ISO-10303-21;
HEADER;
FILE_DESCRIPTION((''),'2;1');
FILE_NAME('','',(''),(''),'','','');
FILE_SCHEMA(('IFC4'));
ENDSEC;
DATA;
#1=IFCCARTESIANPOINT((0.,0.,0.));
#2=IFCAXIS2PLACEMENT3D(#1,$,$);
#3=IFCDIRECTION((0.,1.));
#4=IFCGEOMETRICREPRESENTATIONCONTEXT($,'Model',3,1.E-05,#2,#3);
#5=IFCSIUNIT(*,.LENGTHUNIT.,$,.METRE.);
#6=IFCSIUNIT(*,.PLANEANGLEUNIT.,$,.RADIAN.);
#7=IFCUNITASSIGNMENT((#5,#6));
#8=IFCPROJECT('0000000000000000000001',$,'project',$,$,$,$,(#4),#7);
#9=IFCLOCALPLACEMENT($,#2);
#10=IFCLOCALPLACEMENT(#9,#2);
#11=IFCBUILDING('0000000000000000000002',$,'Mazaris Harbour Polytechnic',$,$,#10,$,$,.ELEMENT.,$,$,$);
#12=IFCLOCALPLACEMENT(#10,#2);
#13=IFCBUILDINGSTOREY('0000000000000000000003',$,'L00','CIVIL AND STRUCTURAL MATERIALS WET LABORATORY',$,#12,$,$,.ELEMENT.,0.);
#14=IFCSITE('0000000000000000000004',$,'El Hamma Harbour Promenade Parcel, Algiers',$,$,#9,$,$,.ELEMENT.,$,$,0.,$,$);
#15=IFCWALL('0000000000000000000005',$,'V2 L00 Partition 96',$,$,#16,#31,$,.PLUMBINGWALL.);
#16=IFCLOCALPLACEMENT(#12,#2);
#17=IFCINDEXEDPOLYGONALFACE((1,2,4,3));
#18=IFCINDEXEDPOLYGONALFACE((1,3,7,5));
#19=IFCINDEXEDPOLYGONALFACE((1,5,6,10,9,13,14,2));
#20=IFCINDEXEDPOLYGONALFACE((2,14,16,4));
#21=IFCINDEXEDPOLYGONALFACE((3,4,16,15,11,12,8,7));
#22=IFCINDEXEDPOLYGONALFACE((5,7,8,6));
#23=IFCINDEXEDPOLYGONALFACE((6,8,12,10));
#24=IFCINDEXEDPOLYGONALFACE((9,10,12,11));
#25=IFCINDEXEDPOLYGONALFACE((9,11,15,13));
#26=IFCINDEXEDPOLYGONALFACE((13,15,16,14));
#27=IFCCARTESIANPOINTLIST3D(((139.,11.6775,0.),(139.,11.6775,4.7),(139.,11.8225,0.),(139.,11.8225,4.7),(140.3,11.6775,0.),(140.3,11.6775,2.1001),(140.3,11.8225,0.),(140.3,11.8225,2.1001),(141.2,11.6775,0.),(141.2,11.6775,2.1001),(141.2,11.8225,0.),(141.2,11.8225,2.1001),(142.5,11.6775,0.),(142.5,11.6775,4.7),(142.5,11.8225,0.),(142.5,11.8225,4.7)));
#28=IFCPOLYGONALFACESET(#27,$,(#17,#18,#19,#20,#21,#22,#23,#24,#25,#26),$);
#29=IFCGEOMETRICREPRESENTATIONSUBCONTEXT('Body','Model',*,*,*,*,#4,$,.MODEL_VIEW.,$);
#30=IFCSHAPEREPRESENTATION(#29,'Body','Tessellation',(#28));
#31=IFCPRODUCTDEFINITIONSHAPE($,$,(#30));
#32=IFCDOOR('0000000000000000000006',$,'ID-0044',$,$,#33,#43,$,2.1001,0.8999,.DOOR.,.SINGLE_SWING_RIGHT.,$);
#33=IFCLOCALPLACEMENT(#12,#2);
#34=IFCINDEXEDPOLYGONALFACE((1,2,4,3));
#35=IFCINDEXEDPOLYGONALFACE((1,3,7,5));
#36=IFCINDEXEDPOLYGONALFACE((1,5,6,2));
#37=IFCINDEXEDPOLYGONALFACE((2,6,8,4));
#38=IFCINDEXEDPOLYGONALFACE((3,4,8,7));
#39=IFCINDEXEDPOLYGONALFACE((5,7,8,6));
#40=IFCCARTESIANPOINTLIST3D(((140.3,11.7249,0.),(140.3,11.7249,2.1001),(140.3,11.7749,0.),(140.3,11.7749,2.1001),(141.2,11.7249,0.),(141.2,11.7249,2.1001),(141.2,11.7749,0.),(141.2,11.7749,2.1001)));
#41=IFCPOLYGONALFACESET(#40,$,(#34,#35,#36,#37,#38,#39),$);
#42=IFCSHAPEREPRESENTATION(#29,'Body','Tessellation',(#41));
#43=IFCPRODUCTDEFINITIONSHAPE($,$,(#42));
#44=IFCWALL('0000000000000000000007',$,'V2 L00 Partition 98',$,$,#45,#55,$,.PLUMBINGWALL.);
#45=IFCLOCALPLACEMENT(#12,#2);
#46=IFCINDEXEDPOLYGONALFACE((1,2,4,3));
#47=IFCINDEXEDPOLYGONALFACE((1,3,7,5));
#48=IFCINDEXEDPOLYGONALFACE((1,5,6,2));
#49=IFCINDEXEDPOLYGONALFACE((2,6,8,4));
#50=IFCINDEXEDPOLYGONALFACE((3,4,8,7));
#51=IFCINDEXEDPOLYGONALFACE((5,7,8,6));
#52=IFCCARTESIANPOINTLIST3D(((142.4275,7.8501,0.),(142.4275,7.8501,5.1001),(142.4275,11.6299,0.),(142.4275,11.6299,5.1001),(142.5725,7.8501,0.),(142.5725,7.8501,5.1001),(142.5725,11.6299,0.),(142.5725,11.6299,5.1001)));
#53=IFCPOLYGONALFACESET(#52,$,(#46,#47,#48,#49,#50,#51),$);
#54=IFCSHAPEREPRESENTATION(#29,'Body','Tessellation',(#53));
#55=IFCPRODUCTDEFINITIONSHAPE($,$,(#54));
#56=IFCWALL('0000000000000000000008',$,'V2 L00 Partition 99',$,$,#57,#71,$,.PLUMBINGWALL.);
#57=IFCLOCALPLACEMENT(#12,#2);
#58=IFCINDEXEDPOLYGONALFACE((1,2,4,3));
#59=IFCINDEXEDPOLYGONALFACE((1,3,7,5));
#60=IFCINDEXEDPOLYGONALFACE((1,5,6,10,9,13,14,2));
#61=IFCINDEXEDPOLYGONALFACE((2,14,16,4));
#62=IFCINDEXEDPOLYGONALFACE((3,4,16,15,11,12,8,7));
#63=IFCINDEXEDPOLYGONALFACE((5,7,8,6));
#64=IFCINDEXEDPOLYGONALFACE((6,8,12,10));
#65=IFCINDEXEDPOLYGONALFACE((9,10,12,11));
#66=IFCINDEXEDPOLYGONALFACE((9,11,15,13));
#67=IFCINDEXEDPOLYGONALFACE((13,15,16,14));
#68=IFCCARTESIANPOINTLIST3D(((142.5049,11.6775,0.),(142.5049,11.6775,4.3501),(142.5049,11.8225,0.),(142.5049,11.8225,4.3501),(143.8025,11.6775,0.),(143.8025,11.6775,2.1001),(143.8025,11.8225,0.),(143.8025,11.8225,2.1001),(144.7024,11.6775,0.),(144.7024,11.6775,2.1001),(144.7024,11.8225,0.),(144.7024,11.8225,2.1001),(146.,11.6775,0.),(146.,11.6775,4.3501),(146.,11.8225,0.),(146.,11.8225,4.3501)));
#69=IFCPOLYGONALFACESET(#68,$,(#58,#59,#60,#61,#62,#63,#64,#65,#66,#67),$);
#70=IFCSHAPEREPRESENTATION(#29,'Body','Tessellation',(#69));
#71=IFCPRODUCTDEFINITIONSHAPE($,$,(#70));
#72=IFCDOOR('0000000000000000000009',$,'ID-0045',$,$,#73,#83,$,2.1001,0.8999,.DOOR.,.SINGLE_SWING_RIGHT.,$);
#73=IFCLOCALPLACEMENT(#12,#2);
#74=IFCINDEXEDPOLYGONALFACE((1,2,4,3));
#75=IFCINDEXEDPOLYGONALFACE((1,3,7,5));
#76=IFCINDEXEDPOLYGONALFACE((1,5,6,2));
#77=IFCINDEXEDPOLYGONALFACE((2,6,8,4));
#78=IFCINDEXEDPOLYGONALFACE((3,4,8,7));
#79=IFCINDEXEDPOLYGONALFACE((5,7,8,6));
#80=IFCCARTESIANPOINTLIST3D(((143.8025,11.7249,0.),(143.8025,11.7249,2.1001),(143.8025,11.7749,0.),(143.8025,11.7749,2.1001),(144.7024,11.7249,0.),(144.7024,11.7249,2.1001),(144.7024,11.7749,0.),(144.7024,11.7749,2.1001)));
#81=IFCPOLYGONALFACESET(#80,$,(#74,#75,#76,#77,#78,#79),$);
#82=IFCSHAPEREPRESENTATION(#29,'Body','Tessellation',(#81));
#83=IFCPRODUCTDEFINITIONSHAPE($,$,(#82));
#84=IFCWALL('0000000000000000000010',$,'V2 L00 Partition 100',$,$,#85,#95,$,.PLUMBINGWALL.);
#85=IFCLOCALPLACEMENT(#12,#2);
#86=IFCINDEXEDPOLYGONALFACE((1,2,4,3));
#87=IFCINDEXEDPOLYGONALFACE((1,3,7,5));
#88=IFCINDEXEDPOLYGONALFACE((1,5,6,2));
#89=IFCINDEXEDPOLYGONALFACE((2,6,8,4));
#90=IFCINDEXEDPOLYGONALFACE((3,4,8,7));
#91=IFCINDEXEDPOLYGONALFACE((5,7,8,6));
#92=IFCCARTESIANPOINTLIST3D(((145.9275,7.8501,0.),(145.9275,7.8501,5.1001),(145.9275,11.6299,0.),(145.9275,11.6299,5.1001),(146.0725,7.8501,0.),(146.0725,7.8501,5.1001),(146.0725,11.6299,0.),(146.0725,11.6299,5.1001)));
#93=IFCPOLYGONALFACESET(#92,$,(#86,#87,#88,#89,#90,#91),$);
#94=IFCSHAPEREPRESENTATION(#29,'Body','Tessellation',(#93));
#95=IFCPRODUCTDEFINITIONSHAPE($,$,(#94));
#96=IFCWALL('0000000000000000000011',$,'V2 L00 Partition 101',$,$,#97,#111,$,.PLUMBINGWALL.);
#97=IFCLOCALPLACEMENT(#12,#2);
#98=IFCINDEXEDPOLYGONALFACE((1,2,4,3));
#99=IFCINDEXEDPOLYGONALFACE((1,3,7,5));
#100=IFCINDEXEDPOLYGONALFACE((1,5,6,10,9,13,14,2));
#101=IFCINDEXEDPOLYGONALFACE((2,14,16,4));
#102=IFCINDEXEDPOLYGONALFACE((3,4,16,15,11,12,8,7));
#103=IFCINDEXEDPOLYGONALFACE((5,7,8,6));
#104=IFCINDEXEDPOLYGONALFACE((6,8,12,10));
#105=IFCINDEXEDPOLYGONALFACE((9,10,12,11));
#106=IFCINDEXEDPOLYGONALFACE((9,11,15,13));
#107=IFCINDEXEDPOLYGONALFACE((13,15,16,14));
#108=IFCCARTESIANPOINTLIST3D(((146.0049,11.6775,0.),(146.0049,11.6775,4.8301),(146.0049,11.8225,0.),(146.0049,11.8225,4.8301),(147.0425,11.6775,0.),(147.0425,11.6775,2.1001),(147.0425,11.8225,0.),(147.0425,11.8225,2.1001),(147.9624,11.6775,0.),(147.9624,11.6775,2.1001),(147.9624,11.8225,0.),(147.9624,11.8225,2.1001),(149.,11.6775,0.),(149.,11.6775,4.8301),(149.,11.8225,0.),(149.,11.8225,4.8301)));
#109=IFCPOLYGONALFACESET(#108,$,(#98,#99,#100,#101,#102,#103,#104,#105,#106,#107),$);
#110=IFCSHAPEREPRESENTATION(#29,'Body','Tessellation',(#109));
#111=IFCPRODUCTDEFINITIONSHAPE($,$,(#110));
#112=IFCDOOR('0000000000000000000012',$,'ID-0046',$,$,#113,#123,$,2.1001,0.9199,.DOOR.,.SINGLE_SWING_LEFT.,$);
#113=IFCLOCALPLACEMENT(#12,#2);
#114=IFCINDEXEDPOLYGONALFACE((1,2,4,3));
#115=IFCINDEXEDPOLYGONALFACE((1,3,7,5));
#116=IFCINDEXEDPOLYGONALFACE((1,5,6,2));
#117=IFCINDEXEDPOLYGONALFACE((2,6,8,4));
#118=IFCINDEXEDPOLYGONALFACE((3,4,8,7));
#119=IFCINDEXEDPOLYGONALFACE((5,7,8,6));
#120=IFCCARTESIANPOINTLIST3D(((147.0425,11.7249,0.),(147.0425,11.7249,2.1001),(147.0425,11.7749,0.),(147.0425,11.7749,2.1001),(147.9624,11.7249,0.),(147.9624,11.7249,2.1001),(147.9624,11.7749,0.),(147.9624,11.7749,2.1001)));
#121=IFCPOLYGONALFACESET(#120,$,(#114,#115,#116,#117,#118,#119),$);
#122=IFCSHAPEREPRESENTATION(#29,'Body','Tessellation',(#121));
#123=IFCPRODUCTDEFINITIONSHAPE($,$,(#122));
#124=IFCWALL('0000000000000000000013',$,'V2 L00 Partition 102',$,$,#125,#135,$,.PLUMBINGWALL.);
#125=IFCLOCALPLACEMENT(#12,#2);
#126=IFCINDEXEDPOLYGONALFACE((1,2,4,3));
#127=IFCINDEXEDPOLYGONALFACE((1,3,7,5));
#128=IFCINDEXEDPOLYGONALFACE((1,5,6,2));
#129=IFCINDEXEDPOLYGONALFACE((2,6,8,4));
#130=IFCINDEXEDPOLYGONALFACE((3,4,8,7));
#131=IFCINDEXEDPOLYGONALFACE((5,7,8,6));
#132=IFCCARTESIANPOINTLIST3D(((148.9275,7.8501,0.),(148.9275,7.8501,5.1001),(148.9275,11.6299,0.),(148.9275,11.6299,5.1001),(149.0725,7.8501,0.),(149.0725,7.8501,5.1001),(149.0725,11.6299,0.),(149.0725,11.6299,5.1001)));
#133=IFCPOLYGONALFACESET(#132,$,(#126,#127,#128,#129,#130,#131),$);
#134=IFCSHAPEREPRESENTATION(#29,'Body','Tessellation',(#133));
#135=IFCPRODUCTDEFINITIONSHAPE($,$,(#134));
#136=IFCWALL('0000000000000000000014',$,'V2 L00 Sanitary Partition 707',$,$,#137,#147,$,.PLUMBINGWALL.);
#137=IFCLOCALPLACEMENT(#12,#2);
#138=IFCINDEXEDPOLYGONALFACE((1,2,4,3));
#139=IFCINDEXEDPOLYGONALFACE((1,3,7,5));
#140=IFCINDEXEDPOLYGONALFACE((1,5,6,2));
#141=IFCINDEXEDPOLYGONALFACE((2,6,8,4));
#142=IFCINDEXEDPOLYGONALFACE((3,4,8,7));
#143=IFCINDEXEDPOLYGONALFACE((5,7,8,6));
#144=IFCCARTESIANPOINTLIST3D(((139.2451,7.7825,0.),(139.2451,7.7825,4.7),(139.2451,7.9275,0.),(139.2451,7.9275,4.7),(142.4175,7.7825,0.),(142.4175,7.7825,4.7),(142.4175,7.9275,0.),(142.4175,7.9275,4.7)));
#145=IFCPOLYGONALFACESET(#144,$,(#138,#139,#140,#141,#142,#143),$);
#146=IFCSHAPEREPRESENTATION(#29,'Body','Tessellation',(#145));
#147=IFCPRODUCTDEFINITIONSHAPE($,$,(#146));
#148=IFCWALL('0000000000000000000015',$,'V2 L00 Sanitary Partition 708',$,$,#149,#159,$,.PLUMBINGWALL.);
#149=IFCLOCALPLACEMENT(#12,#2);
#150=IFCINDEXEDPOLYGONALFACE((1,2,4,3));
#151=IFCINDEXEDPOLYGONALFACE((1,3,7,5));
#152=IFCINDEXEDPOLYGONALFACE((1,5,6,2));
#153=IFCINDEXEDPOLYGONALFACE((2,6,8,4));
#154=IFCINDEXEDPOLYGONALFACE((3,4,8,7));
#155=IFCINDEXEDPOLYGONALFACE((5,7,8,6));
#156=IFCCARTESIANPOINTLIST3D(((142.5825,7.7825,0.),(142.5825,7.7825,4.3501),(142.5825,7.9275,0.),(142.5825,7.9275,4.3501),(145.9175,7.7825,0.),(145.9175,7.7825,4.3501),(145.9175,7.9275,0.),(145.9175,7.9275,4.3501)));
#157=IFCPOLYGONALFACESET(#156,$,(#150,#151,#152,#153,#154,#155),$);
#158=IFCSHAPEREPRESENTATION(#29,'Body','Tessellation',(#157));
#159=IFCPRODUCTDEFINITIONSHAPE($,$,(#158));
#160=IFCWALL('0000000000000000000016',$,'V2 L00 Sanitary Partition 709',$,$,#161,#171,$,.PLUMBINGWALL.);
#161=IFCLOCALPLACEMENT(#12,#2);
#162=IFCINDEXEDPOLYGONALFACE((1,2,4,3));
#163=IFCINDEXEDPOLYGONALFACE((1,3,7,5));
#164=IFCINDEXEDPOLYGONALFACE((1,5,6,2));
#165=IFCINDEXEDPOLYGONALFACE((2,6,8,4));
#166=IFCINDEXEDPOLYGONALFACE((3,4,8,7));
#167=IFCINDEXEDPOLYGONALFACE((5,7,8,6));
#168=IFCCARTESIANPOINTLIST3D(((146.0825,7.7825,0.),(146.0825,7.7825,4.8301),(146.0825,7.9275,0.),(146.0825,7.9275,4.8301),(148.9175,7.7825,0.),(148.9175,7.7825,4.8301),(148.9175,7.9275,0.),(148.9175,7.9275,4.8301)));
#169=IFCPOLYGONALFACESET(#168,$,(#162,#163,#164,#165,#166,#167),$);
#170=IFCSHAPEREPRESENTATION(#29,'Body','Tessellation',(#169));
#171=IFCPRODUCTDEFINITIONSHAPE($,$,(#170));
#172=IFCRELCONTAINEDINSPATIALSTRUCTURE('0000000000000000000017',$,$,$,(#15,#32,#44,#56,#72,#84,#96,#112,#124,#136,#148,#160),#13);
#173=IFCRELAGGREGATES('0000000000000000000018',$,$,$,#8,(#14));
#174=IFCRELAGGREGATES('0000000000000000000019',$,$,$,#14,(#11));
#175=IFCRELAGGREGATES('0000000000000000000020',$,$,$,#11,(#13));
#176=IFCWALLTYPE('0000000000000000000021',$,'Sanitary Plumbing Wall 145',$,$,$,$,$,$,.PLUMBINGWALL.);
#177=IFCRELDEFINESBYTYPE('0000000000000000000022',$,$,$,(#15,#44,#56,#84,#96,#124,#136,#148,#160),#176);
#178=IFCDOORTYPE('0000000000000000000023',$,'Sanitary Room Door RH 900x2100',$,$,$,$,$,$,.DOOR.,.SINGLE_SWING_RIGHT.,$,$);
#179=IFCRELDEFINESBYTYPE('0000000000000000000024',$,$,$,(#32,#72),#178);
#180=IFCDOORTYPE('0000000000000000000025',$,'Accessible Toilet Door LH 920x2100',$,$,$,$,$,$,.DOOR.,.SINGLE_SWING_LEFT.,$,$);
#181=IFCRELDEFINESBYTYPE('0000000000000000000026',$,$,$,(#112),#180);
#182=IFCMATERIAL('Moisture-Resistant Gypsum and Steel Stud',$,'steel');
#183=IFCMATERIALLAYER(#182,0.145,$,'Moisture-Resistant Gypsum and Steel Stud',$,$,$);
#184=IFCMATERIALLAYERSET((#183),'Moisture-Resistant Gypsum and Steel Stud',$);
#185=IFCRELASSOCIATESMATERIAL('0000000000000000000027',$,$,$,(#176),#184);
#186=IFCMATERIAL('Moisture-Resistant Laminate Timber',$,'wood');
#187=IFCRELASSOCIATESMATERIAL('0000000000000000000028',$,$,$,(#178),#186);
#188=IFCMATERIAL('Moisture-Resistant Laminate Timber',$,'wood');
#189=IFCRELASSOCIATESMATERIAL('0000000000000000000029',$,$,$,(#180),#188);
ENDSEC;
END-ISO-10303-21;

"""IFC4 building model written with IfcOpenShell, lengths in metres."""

from ifc_helpers import new_model, si_unit, direction, frame, frame_2d, origin, place, context, subcontext, project, spatial, rectangle, extrude, material, layer, layer_set, type_object, element, fill, save


model = new_model("IFC4")

# Units and contexts
model_context = context("Model", 3, precision=1e-05, world=origin(), true_north=direction((0.0, 1.0)))
body_context = subcontext(model_context, "Body", "Model", "MODEL_VIEW")
ifc_project = project(units=[si_unit("LENGTHUNIT", "METRE"), si_unit("PLANEANGLEUNIT", "RADIAN")], contexts=[model_context])

# Site, building, storey
site_placement = place(None, origin())
site = spatial("IfcSite", under=ifc_project, at=site_placement, Name="El Hamma Harbour Promenade Parcel, Algiers", CompositionType="ELEMENT", RefElevation=0.0)
building_placement = place(site_placement, origin())
building = spatial("IfcBuilding", under=site, at=building_placement, Name="Mazaris Harbour Polytechnic", CompositionType="ELEMENT")
storey_placement = place(building_placement, origin())
storey = spatial("IfcBuildingStorey", under=building, at=storey_placement, Name="L00", Description="CIVIL AND STRUCTURAL MATERIALS WET LABORATORY", CompositionType="ELEMENT", Elevation=0.0)

# Wall, opening, door
ifc_material_1 = material(Name="Moisture-Resistant Gypsum and Steel Stud", Category="steel")
ifc_layer_1 = layer(ifc_material_1, 0.145, Name="Moisture-Resistant Gypsum and Steel Stud")
ifc_layer_set_1 = layer_set([ifc_layer_1], Name="Moisture-Resistant Gypsum and Steel Stud")
wall_type_1 = type_object("IfcWallType", Name="Sanitary Plumbing Wall 145", PredefinedType="PLUMBINGWALL", material=ifc_layer_set_1)
wall_1_placement = place(storey_placement, frame((139.0, 11.75, 0.0), z_axis=(0.0, 0.0, 1.0), x_axis=(1.0, 0.0, 0.0)))
wall_1 = element("IfcWall", 1, at=wall_1_placement, inside=storey, type_object=wall_type_1, Name="V2 L00 Partition 96", PredefinedType="PLUMBINGWALL", context=body_context, shape_type="SweptSolid", body=[
    extrude(rectangle(XDim=3.5, YDim=0.145, at=frame_2d((1.75, 0.0))), origin(), (0.0, 0.0, 1.0), 4.7),
])
opening_1_placement = place(wall_1_placement, frame((1.3, 0.0, 0.0)))
opening_1 = element("IfcOpeningElement", 2, at=opening_1_placement, cuts=wall_1, PredefinedType="OPENING", context=body_context, shape_type="SweptSolid", body=[
    extrude(rectangle(XDim=0.8999, YDim=2.1001, at=frame_2d((0.45, 1.05))), frame((0.0, 0.0825, 0.0), z_axis=(0.0, -1.0, 0.0), x_axis=(1.0, 0.0, 0.0)), (0.0, 0.0, 1.0), 0.165),
])
ifc_material_2 = material(Name="Moisture-Resistant Laminate Timber", Category="wood")
door_type_1 = type_object("IfcDoorType", Name="Sanitary Room Door RH 900x2100", OperationType="SINGLE_SWING_RIGHT", PredefinedType="DOOR", material=ifc_material_2)
door_1_placement = place(opening_1_placement, origin())
door_1 = element("IfcDoor", 3, at=door_1_placement, inside=storey, type_object=door_type_1, Name="ID-0044", OperationType="SINGLE_SWING_RIGHT", OverallHeight=2.1001, OverallWidth=0.8999, PredefinedType="DOOR", context=body_context, shape_type="SweptSolid", body=[
    extrude(rectangle(XDim=0.8999, YDim=2.1001, at=frame_2d((0.45, 1.05))), frame((0.0, 0.0249, 0.0), z_axis=(0.0, -1.0, 0.0), x_axis=(1.0, 0.0, 0.0)), (0.0, 0.0, 1.0), 0.05),
])
fill(opening_1, door_1)

# Wall
wall_2_placement = place(storey_placement, frame((142.5, 7.8501, 0.0), z_axis=(0.0, 0.0, 1.0), x_axis=(0.0, 1.0, 0.0)))
element("IfcWall", 4, at=wall_2_placement, inside=storey, type_object=wall_type_1, Name="V2 L00 Partition 98", PredefinedType="PLUMBINGWALL", context=body_context, shape_type="SweptSolid", body=[
    extrude(rectangle(XDim=3.7798, YDim=0.145, at=frame_2d((1.8899, 0.0))), origin(), (0.0, 0.0, 1.0), 5.1001),
])

# Wall, opening, door
wall_3_placement = place(storey_placement, frame((142.5049, 11.75, 0.0), z_axis=(0.0, 0.0, 1.0), x_axis=(1.0, 0.0, 0.0)))
wall_3 = element("IfcWall", 5, at=wall_3_placement, inside=storey, type_object=wall_type_1, Name="V2 L00 Partition 99", PredefinedType="PLUMBINGWALL", context=body_context, shape_type="SweptSolid", body=[
    extrude(rectangle(XDim=3.4951, YDim=0.145, at=frame_2d((1.7476, 0.0))), origin(), (0.0, 0.0, 1.0), 4.3501),
])
opening_2_placement = place(wall_3_placement, frame((1.2976, 0.0, 0.0)))
opening_2 = element("IfcOpeningElement", 6, at=opening_2_placement, cuts=wall_3, PredefinedType="OPENING", context=body_context, shape_type="SweptSolid", body=[
    extrude(rectangle(XDim=0.8999, YDim=2.1001, at=frame_2d((0.45, 1.05))), frame((0.0, 0.0825, 0.0), z_axis=(0.0, -1.0, 0.0), x_axis=(1.0, 0.0, 0.0)), (0.0, 0.0, 1.0), 0.165),
])
door_2_placement = place(opening_2_placement, origin())
door_2 = element("IfcDoor", 7, at=door_2_placement, inside=storey, type_object=door_type_1, Name="ID-0045", OperationType="SINGLE_SWING_RIGHT", OverallHeight=2.1001, OverallWidth=0.8999, PredefinedType="DOOR", context=body_context, shape_type="SweptSolid", body=[
    extrude(rectangle(XDim=0.8999, YDim=2.1001, at=frame_2d((0.45, 1.05))), frame((0.0, 0.0249, 0.0), z_axis=(0.0, -1.0, 0.0), x_axis=(1.0, 0.0, 0.0)), (0.0, 0.0, 1.0), 0.05),
])
fill(opening_2, door_2)

# Wall
wall_4_placement = place(storey_placement, frame((146.0, 7.8501, 0.0), z_axis=(0.0, 0.0, 1.0), x_axis=(0.0, 1.0, 0.0)))
element("IfcWall", 8, at=wall_4_placement, inside=storey, type_object=wall_type_1, Name="V2 L00 Partition 100", PredefinedType="PLUMBINGWALL", context=body_context, shape_type="SweptSolid", body=[
    extrude(rectangle(XDim=3.7798, YDim=0.145, at=frame_2d((1.8899, 0.0))), origin(), (0.0, 0.0, 1.0), 5.1001),
])

# Wall, opening, door
wall_5_placement = place(storey_placement, frame((146.0049, 11.75, 0.0), z_axis=(0.0, 0.0, 1.0), x_axis=(1.0, 0.0, 0.0)))
wall_5 = element("IfcWall", 9, at=wall_5_placement, inside=storey, type_object=wall_type_1, Name="V2 L00 Partition 101", PredefinedType="PLUMBINGWALL", context=body_context, shape_type="SweptSolid", body=[
    extrude(rectangle(XDim=2.9951, YDim=0.145, at=frame_2d((1.4976, 0.0))), origin(), (0.0, 0.0, 1.0), 4.8301),
])
opening_3_placement = place(wall_5_placement, frame((1.0376, 0.0, 0.0)))
opening_3 = element("IfcOpeningElement", 10, at=opening_3_placement, cuts=wall_5, PredefinedType="OPENING", context=body_context, shape_type="SweptSolid", body=[
    extrude(rectangle(XDim=0.9199, YDim=2.1001, at=frame_2d((0.46, 1.05))), frame((0.0, 0.0825, 0.0), z_axis=(0.0, -1.0, 0.0), x_axis=(1.0, 0.0, 0.0)), (0.0, 0.0, 1.0), 0.165),
])
ifc_material_3 = material(Name="Moisture-Resistant Laminate Timber", Category="wood")
door_type_2 = type_object("IfcDoorType", Name="Accessible Toilet Door LH 920x2100", OperationType="SINGLE_SWING_LEFT", PredefinedType="DOOR", material=ifc_material_3)
door_3_placement = place(opening_3_placement, origin())
door_3 = element("IfcDoor", 11, at=door_3_placement, inside=storey, type_object=door_type_2, Name="ID-0046", OperationType="SINGLE_SWING_LEFT", OverallHeight=2.1001, OverallWidth=0.9199, PredefinedType="DOOR", context=body_context, shape_type="SweptSolid", body=[
    extrude(rectangle(XDim=0.9199, YDim=2.1001, at=frame_2d((0.46, 1.05))), frame((0.0, 0.0249, 0.0), z_axis=(0.0, -1.0, 0.0), x_axis=(1.0, 0.0, 0.0)), (0.0, 0.0, 1.0), 0.05),
])
fill(opening_3, door_3)

# Walls
wall_6_placement = place(storey_placement, frame((149.0, 7.8501, 0.0), z_axis=(0.0, 0.0, 1.0), x_axis=(0.0, 1.0, 0.0)))
element("IfcWall", 12, at=wall_6_placement, inside=storey, type_object=wall_type_1, Name="V2 L00 Partition 102", PredefinedType="PLUMBINGWALL", context=body_context, shape_type="SweptSolid", body=[
    extrude(rectangle(XDim=3.7798, YDim=0.145, at=frame_2d((1.8899, 0.0))), origin(), (0.0, 0.0, 1.0), 5.1001),
])
wall_7_placement = place(storey_placement, frame((139.2451, 7.855, 0.0), z_axis=(0.0, 0.0, 1.0), x_axis=(1.0, 0.0, 0.0)))
element("IfcWall", 13, at=wall_7_placement, inside=storey, type_object=wall_type_1, Name="V2 L00 Sanitary Partition 707", PredefinedType="PLUMBINGWALL", context=body_context, shape_type="SweptSolid", body=[
    extrude(rectangle(XDim=3.1724, YDim=0.145, at=frame_2d((1.5862, 0.0))), origin(), (0.0, 0.0, 1.0), 4.7),
])
wall_8_placement = place(storey_placement, frame((142.5825, 7.855, 0.0), z_axis=(0.0, 0.0, 1.0), x_axis=(1.0, 0.0, 0.0)))
element("IfcWall", 14, at=wall_8_placement, inside=storey, type_object=wall_type_1, Name="V2 L00 Sanitary Partition 708", PredefinedType="PLUMBINGWALL", context=body_context, shape_type="SweptSolid", body=[
    extrude(rectangle(XDim=3.335, YDim=0.145, at=frame_2d((1.6675, 0.0))), origin(), (0.0, 0.0, 1.0), 4.3501),
])
wall_9_placement = place(storey_placement, frame((146.0825, 7.855, 0.0), z_axis=(0.0, 0.0, 1.0), x_axis=(1.0, 0.0, 0.0)))
element("IfcWall", 15, at=wall_9_placement, inside=storey, type_object=wall_type_1, Name="V2 L00 Sanitary Partition 709", PredefinedType="PLUMBINGWALL", context=body_context, shape_type="SweptSolid", body=[
    extrude(rectangle(XDim=2.835, YDim=0.145, at=frame_2d((1.4175, 0.0))), origin(), (0.0, 0.0, 1.0), 4.8301),
])

save(model, "model.ifc")
